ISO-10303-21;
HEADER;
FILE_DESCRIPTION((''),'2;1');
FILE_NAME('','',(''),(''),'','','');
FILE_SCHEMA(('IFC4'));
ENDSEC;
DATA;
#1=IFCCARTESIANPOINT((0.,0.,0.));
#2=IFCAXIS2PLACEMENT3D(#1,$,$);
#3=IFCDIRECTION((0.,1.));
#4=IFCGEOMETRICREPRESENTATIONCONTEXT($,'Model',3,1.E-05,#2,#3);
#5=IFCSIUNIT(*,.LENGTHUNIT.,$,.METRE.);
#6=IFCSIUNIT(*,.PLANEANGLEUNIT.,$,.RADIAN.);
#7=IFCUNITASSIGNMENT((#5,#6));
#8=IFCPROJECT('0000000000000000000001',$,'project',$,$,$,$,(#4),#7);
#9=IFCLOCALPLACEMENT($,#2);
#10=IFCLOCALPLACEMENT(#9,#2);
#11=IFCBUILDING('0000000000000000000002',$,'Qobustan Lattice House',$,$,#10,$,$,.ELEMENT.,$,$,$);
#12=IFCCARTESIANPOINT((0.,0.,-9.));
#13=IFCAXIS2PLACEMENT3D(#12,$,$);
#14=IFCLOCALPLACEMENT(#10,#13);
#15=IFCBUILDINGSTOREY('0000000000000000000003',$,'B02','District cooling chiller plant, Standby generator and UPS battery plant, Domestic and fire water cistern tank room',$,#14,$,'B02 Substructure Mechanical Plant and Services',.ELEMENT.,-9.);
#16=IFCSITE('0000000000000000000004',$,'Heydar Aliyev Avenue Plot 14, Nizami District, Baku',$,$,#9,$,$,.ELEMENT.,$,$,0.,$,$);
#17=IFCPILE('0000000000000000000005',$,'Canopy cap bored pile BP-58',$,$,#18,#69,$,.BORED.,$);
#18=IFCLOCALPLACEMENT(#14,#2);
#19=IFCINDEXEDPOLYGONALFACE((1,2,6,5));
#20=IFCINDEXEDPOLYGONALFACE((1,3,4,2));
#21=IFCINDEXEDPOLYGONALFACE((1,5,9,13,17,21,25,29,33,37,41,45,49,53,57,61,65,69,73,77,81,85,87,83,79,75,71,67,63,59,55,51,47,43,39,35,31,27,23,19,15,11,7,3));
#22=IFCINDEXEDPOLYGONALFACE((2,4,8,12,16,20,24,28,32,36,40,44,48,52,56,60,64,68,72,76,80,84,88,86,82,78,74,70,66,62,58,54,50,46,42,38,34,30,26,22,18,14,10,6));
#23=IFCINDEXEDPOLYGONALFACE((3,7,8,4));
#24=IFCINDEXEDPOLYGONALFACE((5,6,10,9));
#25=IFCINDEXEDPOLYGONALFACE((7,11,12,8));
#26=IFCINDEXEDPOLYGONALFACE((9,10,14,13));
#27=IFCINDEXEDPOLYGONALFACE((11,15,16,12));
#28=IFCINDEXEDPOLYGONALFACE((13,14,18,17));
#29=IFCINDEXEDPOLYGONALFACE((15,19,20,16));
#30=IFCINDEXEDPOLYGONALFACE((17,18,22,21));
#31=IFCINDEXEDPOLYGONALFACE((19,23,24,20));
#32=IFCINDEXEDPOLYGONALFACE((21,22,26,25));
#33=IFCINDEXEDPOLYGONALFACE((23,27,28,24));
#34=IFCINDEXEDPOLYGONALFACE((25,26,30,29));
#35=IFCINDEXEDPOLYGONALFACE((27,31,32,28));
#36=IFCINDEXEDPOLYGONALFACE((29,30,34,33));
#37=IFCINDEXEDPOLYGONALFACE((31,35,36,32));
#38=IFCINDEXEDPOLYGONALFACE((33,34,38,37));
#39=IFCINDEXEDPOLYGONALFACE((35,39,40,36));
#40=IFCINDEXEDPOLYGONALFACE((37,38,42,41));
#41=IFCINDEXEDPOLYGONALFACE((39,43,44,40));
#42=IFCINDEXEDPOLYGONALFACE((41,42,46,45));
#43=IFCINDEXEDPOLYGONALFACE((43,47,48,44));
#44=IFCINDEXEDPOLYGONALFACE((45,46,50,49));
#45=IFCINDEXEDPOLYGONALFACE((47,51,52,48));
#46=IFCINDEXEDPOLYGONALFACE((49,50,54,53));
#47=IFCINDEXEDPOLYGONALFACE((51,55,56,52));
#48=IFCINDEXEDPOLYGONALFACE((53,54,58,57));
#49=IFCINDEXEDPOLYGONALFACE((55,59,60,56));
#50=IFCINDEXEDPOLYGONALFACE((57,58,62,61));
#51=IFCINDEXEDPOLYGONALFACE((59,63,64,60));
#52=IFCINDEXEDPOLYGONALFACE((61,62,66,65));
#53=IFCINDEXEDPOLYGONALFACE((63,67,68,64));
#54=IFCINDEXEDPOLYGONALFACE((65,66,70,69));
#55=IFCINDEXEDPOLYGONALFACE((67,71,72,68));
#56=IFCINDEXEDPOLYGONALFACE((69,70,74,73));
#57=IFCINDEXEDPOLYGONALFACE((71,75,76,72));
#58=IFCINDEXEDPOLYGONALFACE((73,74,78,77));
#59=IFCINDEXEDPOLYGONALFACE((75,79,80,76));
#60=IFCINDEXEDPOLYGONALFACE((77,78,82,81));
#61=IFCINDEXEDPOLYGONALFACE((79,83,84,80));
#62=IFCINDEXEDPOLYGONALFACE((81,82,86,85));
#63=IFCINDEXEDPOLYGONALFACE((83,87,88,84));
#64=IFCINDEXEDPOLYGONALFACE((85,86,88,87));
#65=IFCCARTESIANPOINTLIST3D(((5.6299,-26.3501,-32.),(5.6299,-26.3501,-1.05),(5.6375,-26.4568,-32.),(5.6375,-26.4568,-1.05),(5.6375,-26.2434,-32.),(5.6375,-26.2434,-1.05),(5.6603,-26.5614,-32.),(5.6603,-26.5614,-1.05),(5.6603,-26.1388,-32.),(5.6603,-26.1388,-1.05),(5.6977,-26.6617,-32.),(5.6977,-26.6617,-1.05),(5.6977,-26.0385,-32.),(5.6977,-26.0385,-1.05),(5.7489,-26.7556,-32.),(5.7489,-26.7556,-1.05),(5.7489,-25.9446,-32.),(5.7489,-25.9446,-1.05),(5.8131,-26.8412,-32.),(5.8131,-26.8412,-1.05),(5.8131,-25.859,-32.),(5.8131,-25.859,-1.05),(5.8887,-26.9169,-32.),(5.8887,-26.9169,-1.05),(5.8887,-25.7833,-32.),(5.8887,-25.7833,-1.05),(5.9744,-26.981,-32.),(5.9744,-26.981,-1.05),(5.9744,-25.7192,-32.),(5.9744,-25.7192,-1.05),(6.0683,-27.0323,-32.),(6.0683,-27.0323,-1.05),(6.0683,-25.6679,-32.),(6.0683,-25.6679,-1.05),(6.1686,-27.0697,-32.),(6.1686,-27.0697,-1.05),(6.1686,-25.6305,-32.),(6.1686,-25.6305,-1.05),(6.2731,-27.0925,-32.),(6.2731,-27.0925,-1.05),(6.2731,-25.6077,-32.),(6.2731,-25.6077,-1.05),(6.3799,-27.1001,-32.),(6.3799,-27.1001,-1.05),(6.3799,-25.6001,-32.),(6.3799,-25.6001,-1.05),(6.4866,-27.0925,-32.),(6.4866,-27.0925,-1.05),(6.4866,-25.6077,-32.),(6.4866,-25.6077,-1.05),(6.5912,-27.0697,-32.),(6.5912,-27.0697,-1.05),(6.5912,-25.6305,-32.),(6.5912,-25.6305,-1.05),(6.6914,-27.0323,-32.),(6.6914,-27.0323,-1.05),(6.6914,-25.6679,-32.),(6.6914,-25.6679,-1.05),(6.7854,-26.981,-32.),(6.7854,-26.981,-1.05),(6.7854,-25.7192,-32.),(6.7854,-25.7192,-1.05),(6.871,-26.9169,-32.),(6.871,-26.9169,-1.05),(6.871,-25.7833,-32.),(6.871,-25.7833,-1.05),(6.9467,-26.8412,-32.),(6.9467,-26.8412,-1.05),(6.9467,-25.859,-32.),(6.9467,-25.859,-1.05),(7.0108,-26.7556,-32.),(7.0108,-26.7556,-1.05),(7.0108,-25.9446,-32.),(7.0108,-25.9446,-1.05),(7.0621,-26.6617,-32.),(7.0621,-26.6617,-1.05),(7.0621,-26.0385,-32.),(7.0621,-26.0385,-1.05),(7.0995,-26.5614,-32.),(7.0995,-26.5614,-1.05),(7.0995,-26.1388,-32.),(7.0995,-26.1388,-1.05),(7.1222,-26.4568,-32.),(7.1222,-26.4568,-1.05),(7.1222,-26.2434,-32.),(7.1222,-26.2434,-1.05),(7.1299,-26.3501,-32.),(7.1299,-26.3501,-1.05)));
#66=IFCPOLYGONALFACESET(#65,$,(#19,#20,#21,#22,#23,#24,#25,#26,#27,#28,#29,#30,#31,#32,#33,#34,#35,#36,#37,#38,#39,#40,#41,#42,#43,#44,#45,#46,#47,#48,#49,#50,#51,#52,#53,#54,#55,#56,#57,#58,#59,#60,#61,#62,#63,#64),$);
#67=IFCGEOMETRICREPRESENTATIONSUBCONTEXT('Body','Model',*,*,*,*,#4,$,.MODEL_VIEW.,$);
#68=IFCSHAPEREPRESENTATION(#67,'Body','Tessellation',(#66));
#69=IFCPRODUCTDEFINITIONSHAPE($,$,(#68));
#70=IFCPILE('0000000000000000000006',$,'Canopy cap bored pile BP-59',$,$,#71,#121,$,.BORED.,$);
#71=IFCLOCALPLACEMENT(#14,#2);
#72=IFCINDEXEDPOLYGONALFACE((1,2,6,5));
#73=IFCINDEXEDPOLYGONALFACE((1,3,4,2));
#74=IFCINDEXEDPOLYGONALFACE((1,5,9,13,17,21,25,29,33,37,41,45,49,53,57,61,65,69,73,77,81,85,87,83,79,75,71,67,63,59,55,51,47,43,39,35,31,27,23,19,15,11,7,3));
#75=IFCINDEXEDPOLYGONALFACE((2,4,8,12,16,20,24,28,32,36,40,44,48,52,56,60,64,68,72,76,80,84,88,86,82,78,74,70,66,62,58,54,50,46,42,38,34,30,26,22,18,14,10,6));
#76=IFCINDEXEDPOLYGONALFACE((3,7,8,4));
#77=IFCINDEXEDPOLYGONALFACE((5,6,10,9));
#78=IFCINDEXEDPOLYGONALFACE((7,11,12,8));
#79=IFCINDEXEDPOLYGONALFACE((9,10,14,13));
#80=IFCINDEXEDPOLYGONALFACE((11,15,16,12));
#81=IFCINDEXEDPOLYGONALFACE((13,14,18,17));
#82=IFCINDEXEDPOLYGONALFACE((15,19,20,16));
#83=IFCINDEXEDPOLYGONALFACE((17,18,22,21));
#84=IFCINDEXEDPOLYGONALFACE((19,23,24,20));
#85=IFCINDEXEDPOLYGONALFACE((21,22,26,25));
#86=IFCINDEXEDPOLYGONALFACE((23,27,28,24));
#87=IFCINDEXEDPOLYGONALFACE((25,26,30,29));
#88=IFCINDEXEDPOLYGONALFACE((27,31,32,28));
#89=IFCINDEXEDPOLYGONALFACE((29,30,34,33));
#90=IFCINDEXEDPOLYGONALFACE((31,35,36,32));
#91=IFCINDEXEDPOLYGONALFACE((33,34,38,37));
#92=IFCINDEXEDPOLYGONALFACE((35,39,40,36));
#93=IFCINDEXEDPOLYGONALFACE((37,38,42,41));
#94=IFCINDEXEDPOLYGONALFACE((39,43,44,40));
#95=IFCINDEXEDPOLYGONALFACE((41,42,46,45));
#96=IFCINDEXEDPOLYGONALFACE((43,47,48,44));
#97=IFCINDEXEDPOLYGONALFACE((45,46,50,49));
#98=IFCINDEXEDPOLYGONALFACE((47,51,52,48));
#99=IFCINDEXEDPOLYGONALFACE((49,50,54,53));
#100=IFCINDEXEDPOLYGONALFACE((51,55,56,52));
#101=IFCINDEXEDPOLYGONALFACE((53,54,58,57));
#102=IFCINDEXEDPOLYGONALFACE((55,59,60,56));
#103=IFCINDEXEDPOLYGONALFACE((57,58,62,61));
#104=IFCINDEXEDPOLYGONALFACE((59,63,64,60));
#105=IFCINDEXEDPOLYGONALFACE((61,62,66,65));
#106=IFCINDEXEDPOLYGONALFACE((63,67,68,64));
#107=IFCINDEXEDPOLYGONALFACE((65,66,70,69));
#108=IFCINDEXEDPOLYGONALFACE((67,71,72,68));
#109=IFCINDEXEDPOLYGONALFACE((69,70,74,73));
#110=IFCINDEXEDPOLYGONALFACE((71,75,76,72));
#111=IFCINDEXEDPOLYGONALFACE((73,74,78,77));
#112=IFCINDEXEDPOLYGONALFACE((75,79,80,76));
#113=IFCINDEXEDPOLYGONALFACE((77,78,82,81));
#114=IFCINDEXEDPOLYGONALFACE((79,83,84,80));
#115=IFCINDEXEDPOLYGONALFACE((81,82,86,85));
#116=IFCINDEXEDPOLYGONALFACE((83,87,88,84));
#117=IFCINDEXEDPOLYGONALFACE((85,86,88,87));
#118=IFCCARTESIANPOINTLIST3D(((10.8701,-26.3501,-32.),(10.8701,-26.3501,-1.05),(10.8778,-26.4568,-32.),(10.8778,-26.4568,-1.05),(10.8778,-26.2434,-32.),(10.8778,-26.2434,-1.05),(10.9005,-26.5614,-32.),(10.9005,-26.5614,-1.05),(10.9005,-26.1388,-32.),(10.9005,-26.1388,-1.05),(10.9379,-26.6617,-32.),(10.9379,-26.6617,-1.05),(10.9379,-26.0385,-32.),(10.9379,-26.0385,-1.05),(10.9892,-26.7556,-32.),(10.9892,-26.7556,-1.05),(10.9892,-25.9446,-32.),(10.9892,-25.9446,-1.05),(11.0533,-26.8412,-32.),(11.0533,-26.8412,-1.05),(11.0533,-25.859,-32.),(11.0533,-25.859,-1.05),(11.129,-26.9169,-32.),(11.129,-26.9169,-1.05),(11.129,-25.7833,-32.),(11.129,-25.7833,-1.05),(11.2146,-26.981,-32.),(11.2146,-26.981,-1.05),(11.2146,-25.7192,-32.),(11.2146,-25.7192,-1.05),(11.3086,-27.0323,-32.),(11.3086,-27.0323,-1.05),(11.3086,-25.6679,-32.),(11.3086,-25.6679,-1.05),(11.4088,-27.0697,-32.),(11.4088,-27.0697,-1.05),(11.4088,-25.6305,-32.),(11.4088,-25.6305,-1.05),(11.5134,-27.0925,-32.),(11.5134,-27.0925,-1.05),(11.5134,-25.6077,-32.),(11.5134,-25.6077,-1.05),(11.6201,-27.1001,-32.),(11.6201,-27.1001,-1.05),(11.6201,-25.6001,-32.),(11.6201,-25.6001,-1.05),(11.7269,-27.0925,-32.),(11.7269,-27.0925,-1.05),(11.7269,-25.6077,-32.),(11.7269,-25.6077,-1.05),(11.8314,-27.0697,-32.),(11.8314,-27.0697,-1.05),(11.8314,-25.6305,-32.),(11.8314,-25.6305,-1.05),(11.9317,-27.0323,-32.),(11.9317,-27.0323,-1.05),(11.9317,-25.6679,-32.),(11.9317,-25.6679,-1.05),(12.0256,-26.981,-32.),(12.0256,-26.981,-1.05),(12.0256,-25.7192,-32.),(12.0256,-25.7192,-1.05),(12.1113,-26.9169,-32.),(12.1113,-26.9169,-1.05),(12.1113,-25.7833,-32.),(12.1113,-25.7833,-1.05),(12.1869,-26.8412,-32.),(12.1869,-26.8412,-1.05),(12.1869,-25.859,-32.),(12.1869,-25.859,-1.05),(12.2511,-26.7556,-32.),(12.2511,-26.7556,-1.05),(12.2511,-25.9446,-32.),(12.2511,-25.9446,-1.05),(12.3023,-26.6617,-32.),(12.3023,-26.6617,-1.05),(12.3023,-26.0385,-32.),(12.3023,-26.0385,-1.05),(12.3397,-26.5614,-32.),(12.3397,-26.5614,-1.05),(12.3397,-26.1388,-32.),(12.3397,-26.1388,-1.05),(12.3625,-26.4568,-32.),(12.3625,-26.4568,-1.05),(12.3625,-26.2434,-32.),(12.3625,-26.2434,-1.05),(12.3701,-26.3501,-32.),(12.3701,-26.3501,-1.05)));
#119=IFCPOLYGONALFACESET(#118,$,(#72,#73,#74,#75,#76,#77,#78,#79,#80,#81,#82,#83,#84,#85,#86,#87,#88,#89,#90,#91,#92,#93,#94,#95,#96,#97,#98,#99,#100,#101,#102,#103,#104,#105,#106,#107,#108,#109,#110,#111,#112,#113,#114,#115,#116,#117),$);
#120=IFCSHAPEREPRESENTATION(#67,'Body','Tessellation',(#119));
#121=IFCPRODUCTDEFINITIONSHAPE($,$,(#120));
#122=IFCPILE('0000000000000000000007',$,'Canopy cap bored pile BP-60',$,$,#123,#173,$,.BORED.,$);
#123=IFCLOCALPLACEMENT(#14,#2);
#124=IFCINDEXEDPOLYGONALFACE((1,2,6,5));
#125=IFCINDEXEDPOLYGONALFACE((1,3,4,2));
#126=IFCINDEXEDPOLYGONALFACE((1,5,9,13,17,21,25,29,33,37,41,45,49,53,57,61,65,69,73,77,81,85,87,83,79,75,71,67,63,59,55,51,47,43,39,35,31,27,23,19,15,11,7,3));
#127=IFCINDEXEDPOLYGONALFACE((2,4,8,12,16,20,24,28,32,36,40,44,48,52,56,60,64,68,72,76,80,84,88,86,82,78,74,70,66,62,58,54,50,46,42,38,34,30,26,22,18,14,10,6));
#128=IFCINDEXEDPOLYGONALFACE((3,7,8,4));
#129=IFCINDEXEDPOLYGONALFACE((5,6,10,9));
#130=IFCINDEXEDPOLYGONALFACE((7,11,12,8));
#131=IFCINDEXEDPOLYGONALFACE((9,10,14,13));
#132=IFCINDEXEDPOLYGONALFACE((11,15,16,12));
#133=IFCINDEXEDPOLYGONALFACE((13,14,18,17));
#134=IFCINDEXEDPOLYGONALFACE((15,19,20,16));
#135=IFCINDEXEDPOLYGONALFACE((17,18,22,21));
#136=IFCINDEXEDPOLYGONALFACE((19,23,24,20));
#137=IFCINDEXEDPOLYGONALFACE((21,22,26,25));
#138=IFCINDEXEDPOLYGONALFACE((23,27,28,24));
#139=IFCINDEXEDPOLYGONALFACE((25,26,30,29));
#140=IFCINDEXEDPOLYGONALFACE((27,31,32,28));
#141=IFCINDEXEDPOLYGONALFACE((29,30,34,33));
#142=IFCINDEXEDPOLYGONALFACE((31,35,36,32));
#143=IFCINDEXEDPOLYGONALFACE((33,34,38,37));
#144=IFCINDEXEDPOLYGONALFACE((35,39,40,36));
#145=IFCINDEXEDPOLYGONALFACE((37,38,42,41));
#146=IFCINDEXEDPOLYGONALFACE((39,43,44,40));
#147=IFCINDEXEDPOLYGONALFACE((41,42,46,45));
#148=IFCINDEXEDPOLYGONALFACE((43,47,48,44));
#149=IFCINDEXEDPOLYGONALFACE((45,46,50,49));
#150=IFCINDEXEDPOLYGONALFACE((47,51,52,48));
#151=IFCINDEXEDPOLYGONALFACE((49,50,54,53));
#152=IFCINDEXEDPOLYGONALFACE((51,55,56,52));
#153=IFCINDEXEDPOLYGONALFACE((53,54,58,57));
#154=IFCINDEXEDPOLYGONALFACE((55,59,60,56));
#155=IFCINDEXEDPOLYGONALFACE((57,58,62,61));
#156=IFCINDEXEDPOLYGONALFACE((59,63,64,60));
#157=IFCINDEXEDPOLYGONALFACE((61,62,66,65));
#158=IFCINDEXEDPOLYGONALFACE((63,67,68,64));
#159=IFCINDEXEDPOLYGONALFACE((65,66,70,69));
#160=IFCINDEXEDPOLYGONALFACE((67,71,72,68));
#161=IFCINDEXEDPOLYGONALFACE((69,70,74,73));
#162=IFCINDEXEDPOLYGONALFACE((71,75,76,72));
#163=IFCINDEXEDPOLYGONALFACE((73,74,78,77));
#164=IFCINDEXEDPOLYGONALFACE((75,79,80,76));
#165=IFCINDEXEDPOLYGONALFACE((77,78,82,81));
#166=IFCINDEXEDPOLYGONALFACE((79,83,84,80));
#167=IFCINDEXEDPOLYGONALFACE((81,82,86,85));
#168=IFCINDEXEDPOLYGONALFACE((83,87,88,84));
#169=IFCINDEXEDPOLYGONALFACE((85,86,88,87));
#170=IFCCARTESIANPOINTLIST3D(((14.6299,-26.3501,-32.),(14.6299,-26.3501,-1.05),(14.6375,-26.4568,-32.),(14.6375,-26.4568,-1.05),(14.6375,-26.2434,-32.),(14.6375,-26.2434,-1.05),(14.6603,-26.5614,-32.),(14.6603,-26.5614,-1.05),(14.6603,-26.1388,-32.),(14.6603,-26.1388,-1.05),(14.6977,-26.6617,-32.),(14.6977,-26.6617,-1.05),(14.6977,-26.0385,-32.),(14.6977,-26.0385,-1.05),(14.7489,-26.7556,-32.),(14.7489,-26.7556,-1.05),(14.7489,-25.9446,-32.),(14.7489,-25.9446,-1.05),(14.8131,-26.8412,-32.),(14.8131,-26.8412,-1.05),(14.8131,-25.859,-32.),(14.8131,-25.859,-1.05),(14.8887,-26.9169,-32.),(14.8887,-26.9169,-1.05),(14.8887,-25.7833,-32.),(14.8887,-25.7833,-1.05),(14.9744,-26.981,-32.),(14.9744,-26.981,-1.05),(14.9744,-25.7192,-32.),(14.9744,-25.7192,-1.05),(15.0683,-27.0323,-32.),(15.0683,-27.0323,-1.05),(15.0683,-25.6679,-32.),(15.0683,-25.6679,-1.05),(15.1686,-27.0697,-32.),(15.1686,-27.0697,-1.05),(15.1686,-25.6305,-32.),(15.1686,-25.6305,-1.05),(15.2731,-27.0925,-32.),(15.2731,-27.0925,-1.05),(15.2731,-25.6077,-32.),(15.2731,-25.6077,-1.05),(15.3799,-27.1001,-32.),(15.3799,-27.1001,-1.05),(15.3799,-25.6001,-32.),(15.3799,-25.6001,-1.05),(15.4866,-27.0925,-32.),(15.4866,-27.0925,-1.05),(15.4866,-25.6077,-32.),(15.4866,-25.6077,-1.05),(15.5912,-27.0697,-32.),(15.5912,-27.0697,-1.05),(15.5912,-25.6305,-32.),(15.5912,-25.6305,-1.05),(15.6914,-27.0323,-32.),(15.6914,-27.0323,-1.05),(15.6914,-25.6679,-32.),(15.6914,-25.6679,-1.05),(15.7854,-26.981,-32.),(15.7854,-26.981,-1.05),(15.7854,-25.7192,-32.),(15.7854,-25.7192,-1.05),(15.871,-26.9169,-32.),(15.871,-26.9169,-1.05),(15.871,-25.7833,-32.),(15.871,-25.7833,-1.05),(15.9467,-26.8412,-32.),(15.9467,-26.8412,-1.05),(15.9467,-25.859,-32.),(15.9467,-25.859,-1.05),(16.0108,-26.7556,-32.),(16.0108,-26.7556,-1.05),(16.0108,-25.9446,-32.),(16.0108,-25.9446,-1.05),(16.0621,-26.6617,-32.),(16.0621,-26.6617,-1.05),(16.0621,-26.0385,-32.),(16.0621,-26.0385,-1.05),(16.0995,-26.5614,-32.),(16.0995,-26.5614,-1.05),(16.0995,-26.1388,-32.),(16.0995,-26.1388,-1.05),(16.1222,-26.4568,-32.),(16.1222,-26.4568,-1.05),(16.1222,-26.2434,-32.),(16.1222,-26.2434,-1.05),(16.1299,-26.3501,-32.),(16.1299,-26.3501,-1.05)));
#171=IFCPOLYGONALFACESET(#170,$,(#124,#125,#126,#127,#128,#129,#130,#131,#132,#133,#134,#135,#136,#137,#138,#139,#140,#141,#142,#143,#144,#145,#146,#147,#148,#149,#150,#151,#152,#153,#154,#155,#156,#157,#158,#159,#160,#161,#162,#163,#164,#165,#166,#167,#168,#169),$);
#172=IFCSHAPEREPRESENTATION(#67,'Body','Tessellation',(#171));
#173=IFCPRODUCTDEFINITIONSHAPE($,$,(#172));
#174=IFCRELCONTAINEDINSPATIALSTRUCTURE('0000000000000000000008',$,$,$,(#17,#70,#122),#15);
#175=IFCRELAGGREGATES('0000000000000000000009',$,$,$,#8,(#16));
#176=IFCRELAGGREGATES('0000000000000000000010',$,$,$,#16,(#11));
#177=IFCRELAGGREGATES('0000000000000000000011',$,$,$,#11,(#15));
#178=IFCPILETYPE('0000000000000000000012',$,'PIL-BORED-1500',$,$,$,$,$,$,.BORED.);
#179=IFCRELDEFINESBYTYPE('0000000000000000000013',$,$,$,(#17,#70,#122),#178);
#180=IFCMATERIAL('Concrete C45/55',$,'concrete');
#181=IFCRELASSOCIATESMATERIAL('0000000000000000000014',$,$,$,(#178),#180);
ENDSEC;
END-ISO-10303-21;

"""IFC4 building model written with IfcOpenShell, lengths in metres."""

from ifc_helpers import new_model, si_unit, direction, frame, origin, origin_2d, place, context, subcontext, project, spatial, circle, extrude, material, material_profile, profile_set, type_object, element, save


model = new_model("IFC4")

# Units and contexts
model_context = context("Model", 3, precision=1e-05, world=origin(), true_north=direction((0.0, 1.0)))
body_context = subcontext(model_context, "Body", "Model", "MODEL_VIEW")
ifc_project = project(units=[si_unit("LENGTHUNIT", "METRE"), si_unit("PLANEANGLEUNIT", "RADIAN")], contexts=[model_context])

# Site, building, storey
site_placement = place(None, origin())
site = spatial("IfcSite", under=ifc_project, at=site_placement, Name="Heydar Aliyev Avenue Plot 14, Nizami District, Baku", CompositionType="ELEMENT", RefElevation=0.0)
building_placement = place(site_placement, origin())
building = spatial("IfcBuilding", under=site, at=building_placement, Name="Qobustan Lattice House", CompositionType="ELEMENT")
storey_placement = place(building_placement, frame((0.0, 0.0, -9.0)))
storey = spatial("IfcBuildingStorey", under=building, at=storey_placement, Name="B02", Description="District cooling chiller plant, Standby generator and UPS battery plant, Domestic and fire water cistern tank room", LongName="B02 Substructure Mechanical Plant and Services", CompositionType="ELEMENT", Elevation=-9.0)

# Piles
ifc_material_1 = material(Name="Concrete C45/55", Category="concrete")
ifc_material_profile_1 = material_profile(ifc_material_1, circle(Radius=0.75, at=origin_2d()), Name="PILE-D1500")
ifc_profile_set_1 = profile_set([ifc_material_profile_1], Name="Concrete C45/55")
pile_type = type_object("IfcPileType", Name="PIL-BORED-1500", PredefinedType="BORED", material=ifc_profile_set_1)
for number, where, z_axis, x_axis, name in (
    (1, (6.3799, -26.3501, -1.05), (0.0, 0.0, -1.0), (1.0, 0.0, 0.0), "Canopy cap bored pile BP-58"),
    (2, (11.6201, -26.3501, -1.05), (0.0, 0.0, -1.0), (1.0, 0.0, 0.0), "Canopy cap bored pile BP-59"),
    (3, (15.3799, -26.3501, -1.05), (0.0, 0.0, -1.0), (1.0, 0.0, 0.0), "Canopy cap bored pile BP-60"),
):
    element("IfcPile", number, at=place(storey_placement, frame(where, z_axis=z_axis, x_axis=x_axis)), inside=storey, type_object=pile_type, Name=name, PredefinedType="BORED", context=body_context, shape_type="SweptSolid", body=[
        extrude(circle(Radius=0.75, at=origin_2d()), origin(), (0.0, 0.0, 1.0), 30.95),
    ])

save(model, "model.ifc")
